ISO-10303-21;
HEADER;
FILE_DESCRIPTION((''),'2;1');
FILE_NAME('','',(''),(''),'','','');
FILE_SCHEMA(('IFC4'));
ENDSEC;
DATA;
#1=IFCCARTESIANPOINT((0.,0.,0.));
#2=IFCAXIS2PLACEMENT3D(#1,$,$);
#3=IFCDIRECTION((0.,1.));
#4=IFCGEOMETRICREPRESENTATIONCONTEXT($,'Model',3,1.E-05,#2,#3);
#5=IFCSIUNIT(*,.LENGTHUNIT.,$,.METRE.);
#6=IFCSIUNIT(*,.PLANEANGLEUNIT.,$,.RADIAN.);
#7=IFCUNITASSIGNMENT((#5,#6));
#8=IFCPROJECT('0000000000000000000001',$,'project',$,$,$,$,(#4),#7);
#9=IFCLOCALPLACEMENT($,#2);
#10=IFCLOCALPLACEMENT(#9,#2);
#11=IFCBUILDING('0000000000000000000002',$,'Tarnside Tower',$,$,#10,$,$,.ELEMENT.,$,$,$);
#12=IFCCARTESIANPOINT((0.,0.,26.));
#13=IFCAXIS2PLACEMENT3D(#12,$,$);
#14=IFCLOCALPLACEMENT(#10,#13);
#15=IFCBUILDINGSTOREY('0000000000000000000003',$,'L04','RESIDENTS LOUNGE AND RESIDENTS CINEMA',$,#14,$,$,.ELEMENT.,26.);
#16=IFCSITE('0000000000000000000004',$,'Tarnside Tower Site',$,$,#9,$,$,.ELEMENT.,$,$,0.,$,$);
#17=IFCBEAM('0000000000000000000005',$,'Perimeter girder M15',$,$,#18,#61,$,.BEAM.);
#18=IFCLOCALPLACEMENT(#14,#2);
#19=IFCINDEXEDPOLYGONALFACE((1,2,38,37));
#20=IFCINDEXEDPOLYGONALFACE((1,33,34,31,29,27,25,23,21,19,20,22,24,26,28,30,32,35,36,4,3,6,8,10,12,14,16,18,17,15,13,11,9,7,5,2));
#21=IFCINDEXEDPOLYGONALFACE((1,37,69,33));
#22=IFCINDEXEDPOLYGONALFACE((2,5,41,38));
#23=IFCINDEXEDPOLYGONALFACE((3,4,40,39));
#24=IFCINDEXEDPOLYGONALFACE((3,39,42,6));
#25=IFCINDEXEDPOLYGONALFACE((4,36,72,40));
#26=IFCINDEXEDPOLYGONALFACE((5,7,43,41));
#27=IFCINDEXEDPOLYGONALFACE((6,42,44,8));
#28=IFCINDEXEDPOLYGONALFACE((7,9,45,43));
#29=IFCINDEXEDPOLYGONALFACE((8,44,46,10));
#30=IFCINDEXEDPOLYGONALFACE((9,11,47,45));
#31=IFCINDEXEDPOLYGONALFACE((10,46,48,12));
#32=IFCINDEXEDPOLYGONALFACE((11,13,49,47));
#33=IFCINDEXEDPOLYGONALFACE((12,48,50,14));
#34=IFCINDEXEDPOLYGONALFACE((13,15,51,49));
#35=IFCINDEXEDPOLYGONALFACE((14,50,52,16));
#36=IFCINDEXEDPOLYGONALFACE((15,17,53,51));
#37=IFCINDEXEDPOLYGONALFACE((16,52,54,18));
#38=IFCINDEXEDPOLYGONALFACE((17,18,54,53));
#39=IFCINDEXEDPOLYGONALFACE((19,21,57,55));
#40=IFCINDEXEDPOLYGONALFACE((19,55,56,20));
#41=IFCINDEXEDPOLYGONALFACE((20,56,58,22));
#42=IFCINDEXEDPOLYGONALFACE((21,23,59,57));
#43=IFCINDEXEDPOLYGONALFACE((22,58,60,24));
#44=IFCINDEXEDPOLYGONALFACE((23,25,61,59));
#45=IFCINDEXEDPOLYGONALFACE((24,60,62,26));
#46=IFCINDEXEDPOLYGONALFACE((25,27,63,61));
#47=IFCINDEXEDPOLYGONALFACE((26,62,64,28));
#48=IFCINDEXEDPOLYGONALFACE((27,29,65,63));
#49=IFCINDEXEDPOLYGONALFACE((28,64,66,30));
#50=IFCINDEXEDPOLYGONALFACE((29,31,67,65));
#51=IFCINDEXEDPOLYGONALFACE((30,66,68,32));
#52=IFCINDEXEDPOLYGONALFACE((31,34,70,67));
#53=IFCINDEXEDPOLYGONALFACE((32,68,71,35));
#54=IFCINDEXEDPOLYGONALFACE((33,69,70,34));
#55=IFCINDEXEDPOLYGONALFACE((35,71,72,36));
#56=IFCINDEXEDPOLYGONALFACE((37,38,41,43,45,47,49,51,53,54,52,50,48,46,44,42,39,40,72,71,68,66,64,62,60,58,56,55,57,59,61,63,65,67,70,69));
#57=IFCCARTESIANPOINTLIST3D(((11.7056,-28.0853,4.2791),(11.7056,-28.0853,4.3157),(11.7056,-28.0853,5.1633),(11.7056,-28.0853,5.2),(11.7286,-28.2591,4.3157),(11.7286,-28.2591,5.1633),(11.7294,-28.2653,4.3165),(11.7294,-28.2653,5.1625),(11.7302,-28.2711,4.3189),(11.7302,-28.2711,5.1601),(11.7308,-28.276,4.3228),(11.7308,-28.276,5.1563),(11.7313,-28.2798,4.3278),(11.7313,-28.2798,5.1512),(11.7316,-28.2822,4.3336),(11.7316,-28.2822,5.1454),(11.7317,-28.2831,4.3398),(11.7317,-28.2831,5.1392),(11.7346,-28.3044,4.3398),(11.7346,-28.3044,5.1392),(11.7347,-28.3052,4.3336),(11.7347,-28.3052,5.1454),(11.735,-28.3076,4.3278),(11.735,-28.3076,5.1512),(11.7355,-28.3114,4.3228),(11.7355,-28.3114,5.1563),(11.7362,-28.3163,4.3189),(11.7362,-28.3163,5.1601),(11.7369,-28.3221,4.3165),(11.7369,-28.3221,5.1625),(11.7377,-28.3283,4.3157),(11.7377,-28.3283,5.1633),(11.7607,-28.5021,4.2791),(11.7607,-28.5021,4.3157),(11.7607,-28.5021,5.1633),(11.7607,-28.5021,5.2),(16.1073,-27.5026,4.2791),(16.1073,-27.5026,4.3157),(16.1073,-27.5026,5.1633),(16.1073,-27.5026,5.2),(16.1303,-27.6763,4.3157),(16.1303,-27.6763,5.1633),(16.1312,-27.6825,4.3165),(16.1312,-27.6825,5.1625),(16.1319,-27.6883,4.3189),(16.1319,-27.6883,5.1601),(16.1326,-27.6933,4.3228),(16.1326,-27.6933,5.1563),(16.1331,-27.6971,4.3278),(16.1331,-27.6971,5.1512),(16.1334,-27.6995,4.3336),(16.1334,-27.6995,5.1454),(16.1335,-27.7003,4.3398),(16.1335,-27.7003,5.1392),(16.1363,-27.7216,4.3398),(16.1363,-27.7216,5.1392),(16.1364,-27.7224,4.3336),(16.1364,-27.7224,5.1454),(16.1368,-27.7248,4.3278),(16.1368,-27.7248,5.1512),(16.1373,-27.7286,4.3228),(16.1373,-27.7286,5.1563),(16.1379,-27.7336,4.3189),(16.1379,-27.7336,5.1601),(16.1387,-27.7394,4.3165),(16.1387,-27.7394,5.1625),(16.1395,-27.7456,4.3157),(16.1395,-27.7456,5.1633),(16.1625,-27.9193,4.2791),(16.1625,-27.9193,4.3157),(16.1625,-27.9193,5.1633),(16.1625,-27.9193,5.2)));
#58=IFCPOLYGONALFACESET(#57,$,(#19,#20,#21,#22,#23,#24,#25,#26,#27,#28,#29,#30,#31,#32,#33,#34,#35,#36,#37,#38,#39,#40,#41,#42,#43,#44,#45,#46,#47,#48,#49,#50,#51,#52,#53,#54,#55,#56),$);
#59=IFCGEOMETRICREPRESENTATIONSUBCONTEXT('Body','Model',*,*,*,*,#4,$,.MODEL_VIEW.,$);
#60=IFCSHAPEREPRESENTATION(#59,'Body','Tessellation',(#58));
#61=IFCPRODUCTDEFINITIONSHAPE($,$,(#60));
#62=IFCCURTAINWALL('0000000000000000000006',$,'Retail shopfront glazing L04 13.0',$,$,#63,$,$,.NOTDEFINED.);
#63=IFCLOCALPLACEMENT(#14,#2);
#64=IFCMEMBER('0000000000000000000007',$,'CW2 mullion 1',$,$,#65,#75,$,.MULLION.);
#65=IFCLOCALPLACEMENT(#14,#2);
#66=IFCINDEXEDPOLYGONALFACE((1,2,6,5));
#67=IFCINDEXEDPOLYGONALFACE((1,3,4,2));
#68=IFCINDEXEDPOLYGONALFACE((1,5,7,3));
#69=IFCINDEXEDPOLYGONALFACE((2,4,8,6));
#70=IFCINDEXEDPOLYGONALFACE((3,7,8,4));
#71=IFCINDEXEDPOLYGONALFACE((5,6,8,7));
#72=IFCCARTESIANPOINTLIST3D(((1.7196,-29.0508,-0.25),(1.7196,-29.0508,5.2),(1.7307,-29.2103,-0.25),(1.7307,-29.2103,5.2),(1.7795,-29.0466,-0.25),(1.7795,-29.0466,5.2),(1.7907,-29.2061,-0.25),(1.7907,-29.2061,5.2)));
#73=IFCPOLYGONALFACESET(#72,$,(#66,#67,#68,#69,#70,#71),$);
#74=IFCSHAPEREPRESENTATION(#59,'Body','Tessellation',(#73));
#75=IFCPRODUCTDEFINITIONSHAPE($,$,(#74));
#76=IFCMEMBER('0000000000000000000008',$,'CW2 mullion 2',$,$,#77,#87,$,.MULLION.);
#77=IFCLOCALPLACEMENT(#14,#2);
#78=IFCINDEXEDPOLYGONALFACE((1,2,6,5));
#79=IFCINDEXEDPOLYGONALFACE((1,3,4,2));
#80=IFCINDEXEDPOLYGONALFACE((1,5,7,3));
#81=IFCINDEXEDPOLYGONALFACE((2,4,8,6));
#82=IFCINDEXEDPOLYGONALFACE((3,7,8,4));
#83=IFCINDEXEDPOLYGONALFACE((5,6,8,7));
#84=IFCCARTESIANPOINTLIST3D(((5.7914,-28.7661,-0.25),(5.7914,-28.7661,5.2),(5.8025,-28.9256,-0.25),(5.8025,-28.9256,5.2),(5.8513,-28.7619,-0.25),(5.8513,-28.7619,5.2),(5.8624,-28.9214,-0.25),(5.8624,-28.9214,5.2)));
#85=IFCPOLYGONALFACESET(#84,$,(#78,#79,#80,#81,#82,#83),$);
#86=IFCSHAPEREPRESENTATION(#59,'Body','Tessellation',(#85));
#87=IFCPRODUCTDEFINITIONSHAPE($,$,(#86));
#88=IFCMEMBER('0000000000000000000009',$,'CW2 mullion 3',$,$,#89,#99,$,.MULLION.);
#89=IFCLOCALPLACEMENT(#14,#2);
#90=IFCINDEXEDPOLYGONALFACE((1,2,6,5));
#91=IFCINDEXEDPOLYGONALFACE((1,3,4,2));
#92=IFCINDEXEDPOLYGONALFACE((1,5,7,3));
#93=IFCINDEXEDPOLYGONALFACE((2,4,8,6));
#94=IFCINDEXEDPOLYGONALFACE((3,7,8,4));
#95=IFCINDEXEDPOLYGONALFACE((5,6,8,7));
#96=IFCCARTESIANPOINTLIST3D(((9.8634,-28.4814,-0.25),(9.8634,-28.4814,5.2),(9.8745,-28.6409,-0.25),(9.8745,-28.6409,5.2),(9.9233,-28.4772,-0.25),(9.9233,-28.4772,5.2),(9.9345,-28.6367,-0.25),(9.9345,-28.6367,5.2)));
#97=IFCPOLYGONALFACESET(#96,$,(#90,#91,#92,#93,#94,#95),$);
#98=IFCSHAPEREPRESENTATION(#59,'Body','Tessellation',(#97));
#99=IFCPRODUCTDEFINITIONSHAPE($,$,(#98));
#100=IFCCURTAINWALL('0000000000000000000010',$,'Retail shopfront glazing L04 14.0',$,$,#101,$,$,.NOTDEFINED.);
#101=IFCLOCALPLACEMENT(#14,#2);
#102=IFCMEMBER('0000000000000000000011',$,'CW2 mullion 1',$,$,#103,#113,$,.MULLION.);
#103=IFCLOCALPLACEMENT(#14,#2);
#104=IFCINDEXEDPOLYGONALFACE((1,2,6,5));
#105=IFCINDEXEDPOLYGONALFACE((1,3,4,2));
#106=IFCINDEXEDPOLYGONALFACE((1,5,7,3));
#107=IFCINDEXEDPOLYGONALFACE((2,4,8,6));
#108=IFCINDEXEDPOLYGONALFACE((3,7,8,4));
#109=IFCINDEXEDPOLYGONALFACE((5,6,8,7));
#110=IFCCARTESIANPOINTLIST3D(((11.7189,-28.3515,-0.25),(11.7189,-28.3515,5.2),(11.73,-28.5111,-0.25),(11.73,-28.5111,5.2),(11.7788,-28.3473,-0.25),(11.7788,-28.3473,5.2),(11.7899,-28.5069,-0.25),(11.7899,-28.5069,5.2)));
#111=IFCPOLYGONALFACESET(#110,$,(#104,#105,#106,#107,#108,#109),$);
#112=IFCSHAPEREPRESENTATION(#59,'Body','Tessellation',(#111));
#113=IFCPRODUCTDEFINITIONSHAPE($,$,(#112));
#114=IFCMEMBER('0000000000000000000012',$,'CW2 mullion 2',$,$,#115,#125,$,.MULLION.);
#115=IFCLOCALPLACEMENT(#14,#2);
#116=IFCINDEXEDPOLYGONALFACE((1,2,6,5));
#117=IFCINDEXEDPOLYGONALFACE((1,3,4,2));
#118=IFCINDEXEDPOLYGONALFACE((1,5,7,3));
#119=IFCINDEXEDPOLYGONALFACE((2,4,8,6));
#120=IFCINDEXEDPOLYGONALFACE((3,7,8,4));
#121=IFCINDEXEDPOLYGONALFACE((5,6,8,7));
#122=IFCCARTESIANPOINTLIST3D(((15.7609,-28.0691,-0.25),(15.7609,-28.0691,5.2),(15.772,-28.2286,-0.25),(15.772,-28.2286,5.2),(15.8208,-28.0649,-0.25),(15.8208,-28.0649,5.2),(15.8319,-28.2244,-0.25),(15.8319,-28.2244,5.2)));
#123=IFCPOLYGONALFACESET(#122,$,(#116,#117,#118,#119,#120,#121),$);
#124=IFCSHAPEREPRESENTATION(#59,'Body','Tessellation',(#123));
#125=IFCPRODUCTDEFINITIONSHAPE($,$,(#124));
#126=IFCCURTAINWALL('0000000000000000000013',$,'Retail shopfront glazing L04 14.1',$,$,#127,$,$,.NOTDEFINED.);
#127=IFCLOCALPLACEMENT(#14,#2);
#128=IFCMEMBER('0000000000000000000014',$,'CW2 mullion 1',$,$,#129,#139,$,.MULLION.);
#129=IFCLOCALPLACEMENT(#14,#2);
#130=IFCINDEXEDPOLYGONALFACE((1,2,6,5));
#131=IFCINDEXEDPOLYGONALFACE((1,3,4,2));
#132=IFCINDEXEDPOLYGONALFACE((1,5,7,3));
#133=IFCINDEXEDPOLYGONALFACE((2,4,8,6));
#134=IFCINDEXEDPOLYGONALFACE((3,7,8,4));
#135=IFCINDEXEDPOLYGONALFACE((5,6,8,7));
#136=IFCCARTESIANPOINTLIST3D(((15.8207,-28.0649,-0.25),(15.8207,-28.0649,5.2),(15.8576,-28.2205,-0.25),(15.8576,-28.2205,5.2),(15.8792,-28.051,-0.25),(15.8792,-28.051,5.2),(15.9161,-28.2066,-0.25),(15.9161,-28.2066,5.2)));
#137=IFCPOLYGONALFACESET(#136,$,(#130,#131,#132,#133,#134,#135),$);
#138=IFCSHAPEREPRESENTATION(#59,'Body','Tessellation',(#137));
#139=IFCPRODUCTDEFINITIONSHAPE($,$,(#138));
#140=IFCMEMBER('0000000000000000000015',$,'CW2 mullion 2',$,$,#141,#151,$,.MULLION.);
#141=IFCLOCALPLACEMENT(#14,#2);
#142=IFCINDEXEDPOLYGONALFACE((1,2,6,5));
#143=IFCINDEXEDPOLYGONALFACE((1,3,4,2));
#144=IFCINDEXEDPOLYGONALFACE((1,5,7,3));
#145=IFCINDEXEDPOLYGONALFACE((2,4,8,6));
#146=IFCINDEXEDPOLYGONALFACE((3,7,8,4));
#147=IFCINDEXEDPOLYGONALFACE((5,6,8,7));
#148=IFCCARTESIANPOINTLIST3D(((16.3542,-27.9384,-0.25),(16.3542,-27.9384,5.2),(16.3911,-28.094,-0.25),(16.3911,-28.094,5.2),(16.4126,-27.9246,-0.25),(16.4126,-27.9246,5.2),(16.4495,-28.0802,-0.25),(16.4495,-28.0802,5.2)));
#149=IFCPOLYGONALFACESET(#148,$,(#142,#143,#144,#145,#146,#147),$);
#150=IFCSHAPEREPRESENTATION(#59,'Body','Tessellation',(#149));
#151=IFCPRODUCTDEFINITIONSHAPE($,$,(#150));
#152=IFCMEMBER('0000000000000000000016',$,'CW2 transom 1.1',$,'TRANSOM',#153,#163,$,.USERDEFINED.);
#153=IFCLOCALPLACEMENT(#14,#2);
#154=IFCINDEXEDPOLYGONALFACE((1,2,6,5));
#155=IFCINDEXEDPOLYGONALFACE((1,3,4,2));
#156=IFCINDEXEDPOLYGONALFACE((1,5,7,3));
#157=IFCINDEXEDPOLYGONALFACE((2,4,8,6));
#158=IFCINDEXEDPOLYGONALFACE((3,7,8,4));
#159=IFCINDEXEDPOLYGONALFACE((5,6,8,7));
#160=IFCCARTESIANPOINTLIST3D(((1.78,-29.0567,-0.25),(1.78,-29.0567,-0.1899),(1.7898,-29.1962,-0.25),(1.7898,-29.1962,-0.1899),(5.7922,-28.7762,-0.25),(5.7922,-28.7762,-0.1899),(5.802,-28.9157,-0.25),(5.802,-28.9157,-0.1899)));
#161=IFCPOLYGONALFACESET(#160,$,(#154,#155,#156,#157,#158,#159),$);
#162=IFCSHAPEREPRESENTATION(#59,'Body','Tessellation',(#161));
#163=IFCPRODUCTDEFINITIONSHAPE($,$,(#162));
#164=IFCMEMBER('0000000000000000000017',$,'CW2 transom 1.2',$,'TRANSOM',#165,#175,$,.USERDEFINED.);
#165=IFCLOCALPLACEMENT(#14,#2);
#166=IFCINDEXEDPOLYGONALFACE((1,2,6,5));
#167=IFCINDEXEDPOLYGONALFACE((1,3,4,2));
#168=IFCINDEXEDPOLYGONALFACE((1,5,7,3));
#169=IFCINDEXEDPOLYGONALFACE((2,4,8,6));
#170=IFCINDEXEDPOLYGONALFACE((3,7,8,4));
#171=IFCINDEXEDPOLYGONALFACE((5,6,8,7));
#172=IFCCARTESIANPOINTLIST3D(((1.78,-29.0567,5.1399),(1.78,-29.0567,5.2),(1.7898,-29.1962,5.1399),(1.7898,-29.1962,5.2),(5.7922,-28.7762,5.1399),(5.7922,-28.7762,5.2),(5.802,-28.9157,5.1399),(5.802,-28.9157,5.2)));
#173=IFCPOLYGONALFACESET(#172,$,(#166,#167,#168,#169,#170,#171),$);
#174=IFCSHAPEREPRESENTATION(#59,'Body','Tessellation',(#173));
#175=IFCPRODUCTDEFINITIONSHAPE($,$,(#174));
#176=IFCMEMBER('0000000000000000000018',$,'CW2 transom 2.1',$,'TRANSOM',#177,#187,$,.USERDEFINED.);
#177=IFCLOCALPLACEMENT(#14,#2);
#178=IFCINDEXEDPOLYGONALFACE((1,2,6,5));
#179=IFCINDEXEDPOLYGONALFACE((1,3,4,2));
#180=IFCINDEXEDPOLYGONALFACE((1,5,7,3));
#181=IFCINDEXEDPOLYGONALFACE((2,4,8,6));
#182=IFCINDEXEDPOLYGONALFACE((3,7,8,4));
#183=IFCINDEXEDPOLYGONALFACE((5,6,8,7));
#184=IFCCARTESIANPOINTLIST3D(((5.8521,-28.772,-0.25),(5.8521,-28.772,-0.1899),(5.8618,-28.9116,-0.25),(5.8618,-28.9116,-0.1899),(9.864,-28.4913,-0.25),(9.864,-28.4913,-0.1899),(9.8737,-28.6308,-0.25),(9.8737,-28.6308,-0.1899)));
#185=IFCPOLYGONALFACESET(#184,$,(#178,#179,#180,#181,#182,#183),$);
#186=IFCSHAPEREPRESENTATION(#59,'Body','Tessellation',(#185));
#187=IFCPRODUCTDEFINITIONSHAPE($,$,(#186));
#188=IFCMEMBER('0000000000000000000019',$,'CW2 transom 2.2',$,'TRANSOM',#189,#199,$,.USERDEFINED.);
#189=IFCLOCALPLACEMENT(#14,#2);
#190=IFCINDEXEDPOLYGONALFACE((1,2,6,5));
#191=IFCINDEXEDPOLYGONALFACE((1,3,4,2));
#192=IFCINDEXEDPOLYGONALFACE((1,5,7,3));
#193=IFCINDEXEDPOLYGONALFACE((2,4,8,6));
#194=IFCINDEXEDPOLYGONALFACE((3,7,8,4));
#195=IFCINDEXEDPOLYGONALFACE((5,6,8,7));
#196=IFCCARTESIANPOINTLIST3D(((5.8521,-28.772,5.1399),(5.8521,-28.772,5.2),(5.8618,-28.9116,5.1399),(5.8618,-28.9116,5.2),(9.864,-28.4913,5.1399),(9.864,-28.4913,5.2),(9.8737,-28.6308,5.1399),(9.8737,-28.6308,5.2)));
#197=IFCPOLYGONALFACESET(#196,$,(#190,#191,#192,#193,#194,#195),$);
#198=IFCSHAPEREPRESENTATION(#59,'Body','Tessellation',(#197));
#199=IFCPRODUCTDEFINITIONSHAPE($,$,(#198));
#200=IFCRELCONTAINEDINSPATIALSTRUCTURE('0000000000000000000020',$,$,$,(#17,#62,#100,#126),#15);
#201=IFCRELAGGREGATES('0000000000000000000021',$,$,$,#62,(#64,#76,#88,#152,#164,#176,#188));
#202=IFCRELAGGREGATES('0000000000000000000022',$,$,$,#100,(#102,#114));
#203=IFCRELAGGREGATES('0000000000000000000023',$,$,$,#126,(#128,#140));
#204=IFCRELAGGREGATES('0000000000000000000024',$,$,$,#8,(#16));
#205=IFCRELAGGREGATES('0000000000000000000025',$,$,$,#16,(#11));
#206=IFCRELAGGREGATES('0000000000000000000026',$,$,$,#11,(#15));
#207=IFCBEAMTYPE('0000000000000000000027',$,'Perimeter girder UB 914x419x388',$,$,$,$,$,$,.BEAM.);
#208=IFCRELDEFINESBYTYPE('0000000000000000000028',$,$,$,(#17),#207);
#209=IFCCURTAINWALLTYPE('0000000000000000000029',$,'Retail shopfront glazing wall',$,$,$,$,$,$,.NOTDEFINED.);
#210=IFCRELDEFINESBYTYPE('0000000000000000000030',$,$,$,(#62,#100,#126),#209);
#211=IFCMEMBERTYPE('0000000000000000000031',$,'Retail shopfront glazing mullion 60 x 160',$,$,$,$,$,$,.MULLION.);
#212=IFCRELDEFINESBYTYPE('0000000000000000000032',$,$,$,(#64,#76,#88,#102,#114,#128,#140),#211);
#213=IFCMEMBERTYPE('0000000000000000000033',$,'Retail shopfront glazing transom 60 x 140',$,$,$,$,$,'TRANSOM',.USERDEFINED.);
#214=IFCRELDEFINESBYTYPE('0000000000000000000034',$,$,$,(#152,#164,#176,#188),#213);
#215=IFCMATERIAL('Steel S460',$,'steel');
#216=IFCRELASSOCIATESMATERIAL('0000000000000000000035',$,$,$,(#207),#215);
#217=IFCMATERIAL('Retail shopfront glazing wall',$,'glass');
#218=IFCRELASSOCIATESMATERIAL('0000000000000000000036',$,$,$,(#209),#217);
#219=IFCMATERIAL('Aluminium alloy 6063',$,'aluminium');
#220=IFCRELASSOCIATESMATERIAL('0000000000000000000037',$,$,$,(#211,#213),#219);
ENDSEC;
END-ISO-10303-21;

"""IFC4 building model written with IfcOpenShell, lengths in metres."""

from ifc_helpers import new_model, si_unit, direction, frame, origin, origin_2d, place, context, subcontext, project, spatial, rectangle, i_section, extrude, material, material_profile, profile_set, type_object, element, aggregate, save


model = new_model("IFC4")

# Units and contexts
model_context = context("Model", 3, precision=1e-05, world=origin(), true_north=direction((0.0, 1.0)))
body_context = subcontext(model_context, "Body", "Model", "MODEL_VIEW")
ifc_project = project(units=[si_unit("LENGTHUNIT", "METRE"), si_unit("PLANEANGLEUNIT", "RADIAN")], contexts=[model_context])

# Site, building, storey
site_placement = place(None, origin())
site = spatial("IfcSite", under=ifc_project, at=site_placement, Name="Tarnside Tower Site", CompositionType="ELEMENT", RefElevation=0.0)
building_placement = place(site_placement, origin())
building = spatial("IfcBuilding", under=site, at=building_placement, Name="Tarnside Tower", CompositionType="ELEMENT")
storey_placement = place(building_placement, frame((0.0, 0.0, 26.0)))
storey = spatial("IfcBuildingStorey", under=building, at=storey_placement, Name="L04", Description="RESIDENTS LOUNGE AND RESIDENTS CINEMA", CompositionType="ELEMENT", Elevation=26.0)

# Beam
ifc_material_1 = material(Name="Steel S460", Category="steel")
ifc_material_profile_1 = material_profile(ifc_material_1, i_section(OverallWidth=0.4204, OverallDepth=0.9209, WebThickness=0.0215, FlangeThickness=0.0366, FilletRadius=0.0242, at=origin_2d()), Name="UB 914x419x388")
ifc_profile_set_1 = profile_set([ifc_material_profile_1], Name="Steel S460")
beam_type_1 = type_object("IfcBeamType", Name="Perimeter girder UB 914x419x388", PredefinedType="BEAM", material=ifc_profile_set_1)
beam_1_placement = place(storey_placement, frame((11.7332, -28.2937, 4.7395), z_axis=(0.99135, 0.131245, 0.0), x_axis=(-0.131245, 0.99135, 0.0)))
element("IfcBeam", 1, at=beam_1_placement, inside=storey, type_object=beam_type_1, Name="Perimeter girder M15", PredefinedType="BEAM", context=body_context, shape_type="SweptSolid", body=[
    extrude(i_section(OverallWidth=0.4204, OverallDepth=0.9209, WebThickness=0.0215, FlangeThickness=0.0366, FilletRadius=0.0242, at=origin_2d()), origin(), (0.0, 0.0, 1.0), 4.4402),
])

# Curtain walls, members
ifc_material_2 = material(Name="Retail shopfront glazing wall", Category="glass")
curtain_wall_type = type_object("IfcCurtainWallType", Name="Retail shopfront glazing wall", PredefinedType="NOTDEFINED", material=ifc_material_2)
curtain_wall_1_placement = place(storey_placement, origin())
curtain_wall_1 = element("IfcCurtainWall", 2, at=curtain_wall_1_placement, inside=storey, type_object=curtain_wall_type, Name="Retail shopfront glazing L04 13.0", PredefinedType="NOTDEFINED")
ifc_material_3 = material(Name="Aluminium alloy 6063", Category="aluminium")
ifc_material_profile_2 = material_profile(ifc_material_3, rectangle(XDim=0.1599, YDim=0.0601, at=origin_2d()), Name="Retail shopfront glazing mullion 60 x 160")
ifc_profile_set_2 = profile_set([ifc_material_profile_2], Name="Aluminium alloy 6063")
member_type_1 = type_object("IfcMemberType", Name="Retail shopfront glazing mullion 60 x 160", PredefinedType="MULLION", material=ifc_profile_set_2)
member_1_placement = place(storey_placement, frame((1.7551, -29.1284, -0.25), z_axis=(0.0, 0.0, 1.0), x_axis=(-0.069756, 0.997564, 0.0)))
member_1 = element("IfcMember", 3, at=member_1_placement, type_object=member_type_1, Name="CW2 mullion 1", PredefinedType="MULLION", context=body_context, shape_type="SweptSolid", body=[
    extrude(rectangle(XDim=0.1599, YDim=0.0601, at=origin_2d()), origin(), (0.0, 0.0, 1.0), 5.45),
])
member_2_placement = place(storey_placement, frame((5.8269, -28.8438, -0.25), z_axis=(0.0, 0.0, 1.0), x_axis=(-0.069756, 0.997564, 0.0)))
member_2 = element("IfcMember", 4, at=member_2_placement, type_object=member_type_1, Name="CW2 mullion 2", PredefinedType="MULLION", context=body_context, shape_type="SweptSolid", body=[
    extrude(rectangle(XDim=0.1599, YDim=0.0601, at=origin_2d()), origin(), (0.0, 0.0, 1.0), 5.45),
])
member_3_placement = place(storey_placement, frame((9.8989, -28.5591, -0.25), z_axis=(0.0, 0.0, 1.0), x_axis=(-0.069756, 0.997564, 0.0)))
member_3 = element("IfcMember", 5, at=member_3_placement, type_object=member_type_1, Name="CW2 mullion 3", PredefinedType="MULLION", context=body_context, shape_type="SweptSolid", body=[
    extrude(rectangle(XDim=0.1599, YDim=0.0601, at=origin_2d()), origin(), (0.0, 0.0, 1.0), 5.45),
])
curtain_wall_2_placement = place(storey_placement, origin())
curtain_wall_2 = element("IfcCurtainWall", 6, at=curtain_wall_2_placement, inside=storey, type_object=curtain_wall_type, Name="Retail shopfront glazing L04 14.0", PredefinedType="NOTDEFINED")
member_4_placement = place(storey_placement, frame((11.7544, -28.4292, -0.25), z_axis=(0.0, 0.0, 1.0), x_axis=(-0.069756, 0.997564, 0.0)))
member_4 = element("IfcMember", 7, at=member_4_placement, type_object=member_type_1, Name="CW2 mullion 1", PredefinedType="MULLION", context=body_context, shape_type="SweptSolid", body=[
    extrude(rectangle(XDim=0.1599, YDim=0.0601, at=origin_2d()), origin(), (0.0, 0.0, 1.0), 5.45),
])
member_5_placement = place(storey_placement, frame((15.7964, -28.1467, -0.25), z_axis=(0.0, 0.0, 1.0), x_axis=(-0.069756, 0.997564, 0.0)))
member_5 = element("IfcMember", 8, at=member_5_placement, type_object=member_type_1, Name="CW2 mullion 2", PredefinedType="MULLION", context=body_context, shape_type="SweptSolid", body=[
    extrude(rectangle(XDim=0.1599, YDim=0.0601, at=origin_2d()), origin(), (0.0, 0.0, 1.0), 5.45),
])
curtain_wall_3_placement = place(storey_placement, origin())
curtain_wall_3 = element("IfcCurtainWall", 9, at=curtain_wall_3_placement, inside=storey, type_object=curtain_wall_type, Name="Retail shopfront glazing L04 14.1", PredefinedType="NOTDEFINED")
member_6_placement = place(storey_placement, frame((15.8684, -28.1357, -0.25), z_axis=(0.0, 0.0, 1.0), x_axis=(-0.230616, 0.973045, 0.0)))
member_6 = element("IfcMember", 10, at=member_6_placement, type_object=member_type_1, Name="CW2 mullion 1", PredefinedType="MULLION", context=body_context, shape_type="SweptSolid", body=[
    extrude(rectangle(XDim=0.1599, YDim=0.0601, at=origin_2d()), origin(), (0.0, 0.0, 1.0), 5.45),
])
member_7_placement = place(storey_placement, frame((16.4019, -28.0093, -0.25), z_axis=(0.0, 0.0, 1.0), x_axis=(-0.230616, 0.973045, 0.0)))
member_7 = element("IfcMember", 11, at=member_7_placement, type_object=member_type_1, Name="CW2 mullion 2", PredefinedType="MULLION", context=body_context, shape_type="SweptSolid", body=[
    extrude(rectangle(XDim=0.1599, YDim=0.0601, at=origin_2d()), origin(), (0.0, 0.0, 1.0), 5.45),
])

# Members
ifc_material_profile_3 = material_profile(ifc_material_3, rectangle(XDim=0.1399, YDim=0.0601, at=origin_2d()), Name="Retail shopfront glazing transom 60 x 140")
ifc_profile_set_3 = profile_set([ifc_material_profile_3], Name="Aluminium alloy 6063")
member_type_2 = type_object("IfcMemberType", Name="Retail shopfront glazing transom 60 x 140", ElementType="TRANSOM", PredefinedType="USERDEFINED", material=ifc_profile_set_3)
member_8_placement = place(storey_placement, frame((1.7849, -29.1265, -0.22), z_axis=(0.997565, 0.069746, 0.0), x_axis=(-0.069746, 0.997565, 0.0)))
member_8 = element("IfcMember", 12, at=member_8_placement, type_object=member_type_2, Name="CW2 transom 1.1", ObjectType="TRANSOM", PredefinedType="USERDEFINED", context=body_context, shape_type="SweptSolid", body=[
    extrude(rectangle(XDim=0.1399, YDim=0.0601, at=origin_2d()), origin(), (0.0, 0.0, 1.0), 4.022),
])
member_9_placement = place(storey_placement, frame((1.7849, -29.1265, 5.1699), z_axis=(0.997565, 0.069746, 0.0), x_axis=(-0.069746, 0.997565, 0.0)))
member_9 = element("IfcMember", 13, at=member_9_placement, type_object=member_type_2, Name="CW2 transom 1.2", ObjectType="TRANSOM", PredefinedType="USERDEFINED", context=body_context, shape_type="SweptSolid", body=[
    extrude(rectangle(XDim=0.1399, YDim=0.0601, at=origin_2d()), origin(), (0.0, 0.0, 1.0), 4.022),
])
member_10_placement = place(storey_placement, frame((5.8569, -28.8418, -0.22), z_axis=(0.99756, 0.06981, 0.0), x_axis=(-0.06981, 0.99756, 0.0)))
member_10 = element("IfcMember", 14, at=member_10_placement, type_object=member_type_2, Name="CW2 transom 2.1", ObjectType="TRANSOM", PredefinedType="USERDEFINED", context=body_context, shape_type="SweptSolid", body=[
    extrude(rectangle(XDim=0.1399, YDim=0.0601, at=origin_2d()), origin(), (0.0, 0.0, 1.0), 4.0217),
])
member_11_placement = place(storey_placement, frame((5.8569, -28.8418, 5.1699), z_axis=(0.99756, 0.06981, 0.0), x_axis=(-0.06981, 0.99756, 0.0)))
member_11 = element("IfcMember", 15, at=member_11_placement, type_object=member_type_2, Name="CW2 transom 2.2", ObjectType="TRANSOM", PredefinedType="USERDEFINED", context=body_context, shape_type="SweptSolid", body=[
    extrude(rectangle(XDim=0.1399, YDim=0.0601, at=origin_2d()), origin(), (0.0, 0.0, 1.0), 4.0217),
])

aggregate(curtain_wall_1, [member_1, member_2, member_3, member_8, member_9, member_10, member_11])
aggregate(curtain_wall_2, [member_4, member_5])
aggregate(curtain_wall_3, [member_6, member_7])

save(model, "model.ifc")
